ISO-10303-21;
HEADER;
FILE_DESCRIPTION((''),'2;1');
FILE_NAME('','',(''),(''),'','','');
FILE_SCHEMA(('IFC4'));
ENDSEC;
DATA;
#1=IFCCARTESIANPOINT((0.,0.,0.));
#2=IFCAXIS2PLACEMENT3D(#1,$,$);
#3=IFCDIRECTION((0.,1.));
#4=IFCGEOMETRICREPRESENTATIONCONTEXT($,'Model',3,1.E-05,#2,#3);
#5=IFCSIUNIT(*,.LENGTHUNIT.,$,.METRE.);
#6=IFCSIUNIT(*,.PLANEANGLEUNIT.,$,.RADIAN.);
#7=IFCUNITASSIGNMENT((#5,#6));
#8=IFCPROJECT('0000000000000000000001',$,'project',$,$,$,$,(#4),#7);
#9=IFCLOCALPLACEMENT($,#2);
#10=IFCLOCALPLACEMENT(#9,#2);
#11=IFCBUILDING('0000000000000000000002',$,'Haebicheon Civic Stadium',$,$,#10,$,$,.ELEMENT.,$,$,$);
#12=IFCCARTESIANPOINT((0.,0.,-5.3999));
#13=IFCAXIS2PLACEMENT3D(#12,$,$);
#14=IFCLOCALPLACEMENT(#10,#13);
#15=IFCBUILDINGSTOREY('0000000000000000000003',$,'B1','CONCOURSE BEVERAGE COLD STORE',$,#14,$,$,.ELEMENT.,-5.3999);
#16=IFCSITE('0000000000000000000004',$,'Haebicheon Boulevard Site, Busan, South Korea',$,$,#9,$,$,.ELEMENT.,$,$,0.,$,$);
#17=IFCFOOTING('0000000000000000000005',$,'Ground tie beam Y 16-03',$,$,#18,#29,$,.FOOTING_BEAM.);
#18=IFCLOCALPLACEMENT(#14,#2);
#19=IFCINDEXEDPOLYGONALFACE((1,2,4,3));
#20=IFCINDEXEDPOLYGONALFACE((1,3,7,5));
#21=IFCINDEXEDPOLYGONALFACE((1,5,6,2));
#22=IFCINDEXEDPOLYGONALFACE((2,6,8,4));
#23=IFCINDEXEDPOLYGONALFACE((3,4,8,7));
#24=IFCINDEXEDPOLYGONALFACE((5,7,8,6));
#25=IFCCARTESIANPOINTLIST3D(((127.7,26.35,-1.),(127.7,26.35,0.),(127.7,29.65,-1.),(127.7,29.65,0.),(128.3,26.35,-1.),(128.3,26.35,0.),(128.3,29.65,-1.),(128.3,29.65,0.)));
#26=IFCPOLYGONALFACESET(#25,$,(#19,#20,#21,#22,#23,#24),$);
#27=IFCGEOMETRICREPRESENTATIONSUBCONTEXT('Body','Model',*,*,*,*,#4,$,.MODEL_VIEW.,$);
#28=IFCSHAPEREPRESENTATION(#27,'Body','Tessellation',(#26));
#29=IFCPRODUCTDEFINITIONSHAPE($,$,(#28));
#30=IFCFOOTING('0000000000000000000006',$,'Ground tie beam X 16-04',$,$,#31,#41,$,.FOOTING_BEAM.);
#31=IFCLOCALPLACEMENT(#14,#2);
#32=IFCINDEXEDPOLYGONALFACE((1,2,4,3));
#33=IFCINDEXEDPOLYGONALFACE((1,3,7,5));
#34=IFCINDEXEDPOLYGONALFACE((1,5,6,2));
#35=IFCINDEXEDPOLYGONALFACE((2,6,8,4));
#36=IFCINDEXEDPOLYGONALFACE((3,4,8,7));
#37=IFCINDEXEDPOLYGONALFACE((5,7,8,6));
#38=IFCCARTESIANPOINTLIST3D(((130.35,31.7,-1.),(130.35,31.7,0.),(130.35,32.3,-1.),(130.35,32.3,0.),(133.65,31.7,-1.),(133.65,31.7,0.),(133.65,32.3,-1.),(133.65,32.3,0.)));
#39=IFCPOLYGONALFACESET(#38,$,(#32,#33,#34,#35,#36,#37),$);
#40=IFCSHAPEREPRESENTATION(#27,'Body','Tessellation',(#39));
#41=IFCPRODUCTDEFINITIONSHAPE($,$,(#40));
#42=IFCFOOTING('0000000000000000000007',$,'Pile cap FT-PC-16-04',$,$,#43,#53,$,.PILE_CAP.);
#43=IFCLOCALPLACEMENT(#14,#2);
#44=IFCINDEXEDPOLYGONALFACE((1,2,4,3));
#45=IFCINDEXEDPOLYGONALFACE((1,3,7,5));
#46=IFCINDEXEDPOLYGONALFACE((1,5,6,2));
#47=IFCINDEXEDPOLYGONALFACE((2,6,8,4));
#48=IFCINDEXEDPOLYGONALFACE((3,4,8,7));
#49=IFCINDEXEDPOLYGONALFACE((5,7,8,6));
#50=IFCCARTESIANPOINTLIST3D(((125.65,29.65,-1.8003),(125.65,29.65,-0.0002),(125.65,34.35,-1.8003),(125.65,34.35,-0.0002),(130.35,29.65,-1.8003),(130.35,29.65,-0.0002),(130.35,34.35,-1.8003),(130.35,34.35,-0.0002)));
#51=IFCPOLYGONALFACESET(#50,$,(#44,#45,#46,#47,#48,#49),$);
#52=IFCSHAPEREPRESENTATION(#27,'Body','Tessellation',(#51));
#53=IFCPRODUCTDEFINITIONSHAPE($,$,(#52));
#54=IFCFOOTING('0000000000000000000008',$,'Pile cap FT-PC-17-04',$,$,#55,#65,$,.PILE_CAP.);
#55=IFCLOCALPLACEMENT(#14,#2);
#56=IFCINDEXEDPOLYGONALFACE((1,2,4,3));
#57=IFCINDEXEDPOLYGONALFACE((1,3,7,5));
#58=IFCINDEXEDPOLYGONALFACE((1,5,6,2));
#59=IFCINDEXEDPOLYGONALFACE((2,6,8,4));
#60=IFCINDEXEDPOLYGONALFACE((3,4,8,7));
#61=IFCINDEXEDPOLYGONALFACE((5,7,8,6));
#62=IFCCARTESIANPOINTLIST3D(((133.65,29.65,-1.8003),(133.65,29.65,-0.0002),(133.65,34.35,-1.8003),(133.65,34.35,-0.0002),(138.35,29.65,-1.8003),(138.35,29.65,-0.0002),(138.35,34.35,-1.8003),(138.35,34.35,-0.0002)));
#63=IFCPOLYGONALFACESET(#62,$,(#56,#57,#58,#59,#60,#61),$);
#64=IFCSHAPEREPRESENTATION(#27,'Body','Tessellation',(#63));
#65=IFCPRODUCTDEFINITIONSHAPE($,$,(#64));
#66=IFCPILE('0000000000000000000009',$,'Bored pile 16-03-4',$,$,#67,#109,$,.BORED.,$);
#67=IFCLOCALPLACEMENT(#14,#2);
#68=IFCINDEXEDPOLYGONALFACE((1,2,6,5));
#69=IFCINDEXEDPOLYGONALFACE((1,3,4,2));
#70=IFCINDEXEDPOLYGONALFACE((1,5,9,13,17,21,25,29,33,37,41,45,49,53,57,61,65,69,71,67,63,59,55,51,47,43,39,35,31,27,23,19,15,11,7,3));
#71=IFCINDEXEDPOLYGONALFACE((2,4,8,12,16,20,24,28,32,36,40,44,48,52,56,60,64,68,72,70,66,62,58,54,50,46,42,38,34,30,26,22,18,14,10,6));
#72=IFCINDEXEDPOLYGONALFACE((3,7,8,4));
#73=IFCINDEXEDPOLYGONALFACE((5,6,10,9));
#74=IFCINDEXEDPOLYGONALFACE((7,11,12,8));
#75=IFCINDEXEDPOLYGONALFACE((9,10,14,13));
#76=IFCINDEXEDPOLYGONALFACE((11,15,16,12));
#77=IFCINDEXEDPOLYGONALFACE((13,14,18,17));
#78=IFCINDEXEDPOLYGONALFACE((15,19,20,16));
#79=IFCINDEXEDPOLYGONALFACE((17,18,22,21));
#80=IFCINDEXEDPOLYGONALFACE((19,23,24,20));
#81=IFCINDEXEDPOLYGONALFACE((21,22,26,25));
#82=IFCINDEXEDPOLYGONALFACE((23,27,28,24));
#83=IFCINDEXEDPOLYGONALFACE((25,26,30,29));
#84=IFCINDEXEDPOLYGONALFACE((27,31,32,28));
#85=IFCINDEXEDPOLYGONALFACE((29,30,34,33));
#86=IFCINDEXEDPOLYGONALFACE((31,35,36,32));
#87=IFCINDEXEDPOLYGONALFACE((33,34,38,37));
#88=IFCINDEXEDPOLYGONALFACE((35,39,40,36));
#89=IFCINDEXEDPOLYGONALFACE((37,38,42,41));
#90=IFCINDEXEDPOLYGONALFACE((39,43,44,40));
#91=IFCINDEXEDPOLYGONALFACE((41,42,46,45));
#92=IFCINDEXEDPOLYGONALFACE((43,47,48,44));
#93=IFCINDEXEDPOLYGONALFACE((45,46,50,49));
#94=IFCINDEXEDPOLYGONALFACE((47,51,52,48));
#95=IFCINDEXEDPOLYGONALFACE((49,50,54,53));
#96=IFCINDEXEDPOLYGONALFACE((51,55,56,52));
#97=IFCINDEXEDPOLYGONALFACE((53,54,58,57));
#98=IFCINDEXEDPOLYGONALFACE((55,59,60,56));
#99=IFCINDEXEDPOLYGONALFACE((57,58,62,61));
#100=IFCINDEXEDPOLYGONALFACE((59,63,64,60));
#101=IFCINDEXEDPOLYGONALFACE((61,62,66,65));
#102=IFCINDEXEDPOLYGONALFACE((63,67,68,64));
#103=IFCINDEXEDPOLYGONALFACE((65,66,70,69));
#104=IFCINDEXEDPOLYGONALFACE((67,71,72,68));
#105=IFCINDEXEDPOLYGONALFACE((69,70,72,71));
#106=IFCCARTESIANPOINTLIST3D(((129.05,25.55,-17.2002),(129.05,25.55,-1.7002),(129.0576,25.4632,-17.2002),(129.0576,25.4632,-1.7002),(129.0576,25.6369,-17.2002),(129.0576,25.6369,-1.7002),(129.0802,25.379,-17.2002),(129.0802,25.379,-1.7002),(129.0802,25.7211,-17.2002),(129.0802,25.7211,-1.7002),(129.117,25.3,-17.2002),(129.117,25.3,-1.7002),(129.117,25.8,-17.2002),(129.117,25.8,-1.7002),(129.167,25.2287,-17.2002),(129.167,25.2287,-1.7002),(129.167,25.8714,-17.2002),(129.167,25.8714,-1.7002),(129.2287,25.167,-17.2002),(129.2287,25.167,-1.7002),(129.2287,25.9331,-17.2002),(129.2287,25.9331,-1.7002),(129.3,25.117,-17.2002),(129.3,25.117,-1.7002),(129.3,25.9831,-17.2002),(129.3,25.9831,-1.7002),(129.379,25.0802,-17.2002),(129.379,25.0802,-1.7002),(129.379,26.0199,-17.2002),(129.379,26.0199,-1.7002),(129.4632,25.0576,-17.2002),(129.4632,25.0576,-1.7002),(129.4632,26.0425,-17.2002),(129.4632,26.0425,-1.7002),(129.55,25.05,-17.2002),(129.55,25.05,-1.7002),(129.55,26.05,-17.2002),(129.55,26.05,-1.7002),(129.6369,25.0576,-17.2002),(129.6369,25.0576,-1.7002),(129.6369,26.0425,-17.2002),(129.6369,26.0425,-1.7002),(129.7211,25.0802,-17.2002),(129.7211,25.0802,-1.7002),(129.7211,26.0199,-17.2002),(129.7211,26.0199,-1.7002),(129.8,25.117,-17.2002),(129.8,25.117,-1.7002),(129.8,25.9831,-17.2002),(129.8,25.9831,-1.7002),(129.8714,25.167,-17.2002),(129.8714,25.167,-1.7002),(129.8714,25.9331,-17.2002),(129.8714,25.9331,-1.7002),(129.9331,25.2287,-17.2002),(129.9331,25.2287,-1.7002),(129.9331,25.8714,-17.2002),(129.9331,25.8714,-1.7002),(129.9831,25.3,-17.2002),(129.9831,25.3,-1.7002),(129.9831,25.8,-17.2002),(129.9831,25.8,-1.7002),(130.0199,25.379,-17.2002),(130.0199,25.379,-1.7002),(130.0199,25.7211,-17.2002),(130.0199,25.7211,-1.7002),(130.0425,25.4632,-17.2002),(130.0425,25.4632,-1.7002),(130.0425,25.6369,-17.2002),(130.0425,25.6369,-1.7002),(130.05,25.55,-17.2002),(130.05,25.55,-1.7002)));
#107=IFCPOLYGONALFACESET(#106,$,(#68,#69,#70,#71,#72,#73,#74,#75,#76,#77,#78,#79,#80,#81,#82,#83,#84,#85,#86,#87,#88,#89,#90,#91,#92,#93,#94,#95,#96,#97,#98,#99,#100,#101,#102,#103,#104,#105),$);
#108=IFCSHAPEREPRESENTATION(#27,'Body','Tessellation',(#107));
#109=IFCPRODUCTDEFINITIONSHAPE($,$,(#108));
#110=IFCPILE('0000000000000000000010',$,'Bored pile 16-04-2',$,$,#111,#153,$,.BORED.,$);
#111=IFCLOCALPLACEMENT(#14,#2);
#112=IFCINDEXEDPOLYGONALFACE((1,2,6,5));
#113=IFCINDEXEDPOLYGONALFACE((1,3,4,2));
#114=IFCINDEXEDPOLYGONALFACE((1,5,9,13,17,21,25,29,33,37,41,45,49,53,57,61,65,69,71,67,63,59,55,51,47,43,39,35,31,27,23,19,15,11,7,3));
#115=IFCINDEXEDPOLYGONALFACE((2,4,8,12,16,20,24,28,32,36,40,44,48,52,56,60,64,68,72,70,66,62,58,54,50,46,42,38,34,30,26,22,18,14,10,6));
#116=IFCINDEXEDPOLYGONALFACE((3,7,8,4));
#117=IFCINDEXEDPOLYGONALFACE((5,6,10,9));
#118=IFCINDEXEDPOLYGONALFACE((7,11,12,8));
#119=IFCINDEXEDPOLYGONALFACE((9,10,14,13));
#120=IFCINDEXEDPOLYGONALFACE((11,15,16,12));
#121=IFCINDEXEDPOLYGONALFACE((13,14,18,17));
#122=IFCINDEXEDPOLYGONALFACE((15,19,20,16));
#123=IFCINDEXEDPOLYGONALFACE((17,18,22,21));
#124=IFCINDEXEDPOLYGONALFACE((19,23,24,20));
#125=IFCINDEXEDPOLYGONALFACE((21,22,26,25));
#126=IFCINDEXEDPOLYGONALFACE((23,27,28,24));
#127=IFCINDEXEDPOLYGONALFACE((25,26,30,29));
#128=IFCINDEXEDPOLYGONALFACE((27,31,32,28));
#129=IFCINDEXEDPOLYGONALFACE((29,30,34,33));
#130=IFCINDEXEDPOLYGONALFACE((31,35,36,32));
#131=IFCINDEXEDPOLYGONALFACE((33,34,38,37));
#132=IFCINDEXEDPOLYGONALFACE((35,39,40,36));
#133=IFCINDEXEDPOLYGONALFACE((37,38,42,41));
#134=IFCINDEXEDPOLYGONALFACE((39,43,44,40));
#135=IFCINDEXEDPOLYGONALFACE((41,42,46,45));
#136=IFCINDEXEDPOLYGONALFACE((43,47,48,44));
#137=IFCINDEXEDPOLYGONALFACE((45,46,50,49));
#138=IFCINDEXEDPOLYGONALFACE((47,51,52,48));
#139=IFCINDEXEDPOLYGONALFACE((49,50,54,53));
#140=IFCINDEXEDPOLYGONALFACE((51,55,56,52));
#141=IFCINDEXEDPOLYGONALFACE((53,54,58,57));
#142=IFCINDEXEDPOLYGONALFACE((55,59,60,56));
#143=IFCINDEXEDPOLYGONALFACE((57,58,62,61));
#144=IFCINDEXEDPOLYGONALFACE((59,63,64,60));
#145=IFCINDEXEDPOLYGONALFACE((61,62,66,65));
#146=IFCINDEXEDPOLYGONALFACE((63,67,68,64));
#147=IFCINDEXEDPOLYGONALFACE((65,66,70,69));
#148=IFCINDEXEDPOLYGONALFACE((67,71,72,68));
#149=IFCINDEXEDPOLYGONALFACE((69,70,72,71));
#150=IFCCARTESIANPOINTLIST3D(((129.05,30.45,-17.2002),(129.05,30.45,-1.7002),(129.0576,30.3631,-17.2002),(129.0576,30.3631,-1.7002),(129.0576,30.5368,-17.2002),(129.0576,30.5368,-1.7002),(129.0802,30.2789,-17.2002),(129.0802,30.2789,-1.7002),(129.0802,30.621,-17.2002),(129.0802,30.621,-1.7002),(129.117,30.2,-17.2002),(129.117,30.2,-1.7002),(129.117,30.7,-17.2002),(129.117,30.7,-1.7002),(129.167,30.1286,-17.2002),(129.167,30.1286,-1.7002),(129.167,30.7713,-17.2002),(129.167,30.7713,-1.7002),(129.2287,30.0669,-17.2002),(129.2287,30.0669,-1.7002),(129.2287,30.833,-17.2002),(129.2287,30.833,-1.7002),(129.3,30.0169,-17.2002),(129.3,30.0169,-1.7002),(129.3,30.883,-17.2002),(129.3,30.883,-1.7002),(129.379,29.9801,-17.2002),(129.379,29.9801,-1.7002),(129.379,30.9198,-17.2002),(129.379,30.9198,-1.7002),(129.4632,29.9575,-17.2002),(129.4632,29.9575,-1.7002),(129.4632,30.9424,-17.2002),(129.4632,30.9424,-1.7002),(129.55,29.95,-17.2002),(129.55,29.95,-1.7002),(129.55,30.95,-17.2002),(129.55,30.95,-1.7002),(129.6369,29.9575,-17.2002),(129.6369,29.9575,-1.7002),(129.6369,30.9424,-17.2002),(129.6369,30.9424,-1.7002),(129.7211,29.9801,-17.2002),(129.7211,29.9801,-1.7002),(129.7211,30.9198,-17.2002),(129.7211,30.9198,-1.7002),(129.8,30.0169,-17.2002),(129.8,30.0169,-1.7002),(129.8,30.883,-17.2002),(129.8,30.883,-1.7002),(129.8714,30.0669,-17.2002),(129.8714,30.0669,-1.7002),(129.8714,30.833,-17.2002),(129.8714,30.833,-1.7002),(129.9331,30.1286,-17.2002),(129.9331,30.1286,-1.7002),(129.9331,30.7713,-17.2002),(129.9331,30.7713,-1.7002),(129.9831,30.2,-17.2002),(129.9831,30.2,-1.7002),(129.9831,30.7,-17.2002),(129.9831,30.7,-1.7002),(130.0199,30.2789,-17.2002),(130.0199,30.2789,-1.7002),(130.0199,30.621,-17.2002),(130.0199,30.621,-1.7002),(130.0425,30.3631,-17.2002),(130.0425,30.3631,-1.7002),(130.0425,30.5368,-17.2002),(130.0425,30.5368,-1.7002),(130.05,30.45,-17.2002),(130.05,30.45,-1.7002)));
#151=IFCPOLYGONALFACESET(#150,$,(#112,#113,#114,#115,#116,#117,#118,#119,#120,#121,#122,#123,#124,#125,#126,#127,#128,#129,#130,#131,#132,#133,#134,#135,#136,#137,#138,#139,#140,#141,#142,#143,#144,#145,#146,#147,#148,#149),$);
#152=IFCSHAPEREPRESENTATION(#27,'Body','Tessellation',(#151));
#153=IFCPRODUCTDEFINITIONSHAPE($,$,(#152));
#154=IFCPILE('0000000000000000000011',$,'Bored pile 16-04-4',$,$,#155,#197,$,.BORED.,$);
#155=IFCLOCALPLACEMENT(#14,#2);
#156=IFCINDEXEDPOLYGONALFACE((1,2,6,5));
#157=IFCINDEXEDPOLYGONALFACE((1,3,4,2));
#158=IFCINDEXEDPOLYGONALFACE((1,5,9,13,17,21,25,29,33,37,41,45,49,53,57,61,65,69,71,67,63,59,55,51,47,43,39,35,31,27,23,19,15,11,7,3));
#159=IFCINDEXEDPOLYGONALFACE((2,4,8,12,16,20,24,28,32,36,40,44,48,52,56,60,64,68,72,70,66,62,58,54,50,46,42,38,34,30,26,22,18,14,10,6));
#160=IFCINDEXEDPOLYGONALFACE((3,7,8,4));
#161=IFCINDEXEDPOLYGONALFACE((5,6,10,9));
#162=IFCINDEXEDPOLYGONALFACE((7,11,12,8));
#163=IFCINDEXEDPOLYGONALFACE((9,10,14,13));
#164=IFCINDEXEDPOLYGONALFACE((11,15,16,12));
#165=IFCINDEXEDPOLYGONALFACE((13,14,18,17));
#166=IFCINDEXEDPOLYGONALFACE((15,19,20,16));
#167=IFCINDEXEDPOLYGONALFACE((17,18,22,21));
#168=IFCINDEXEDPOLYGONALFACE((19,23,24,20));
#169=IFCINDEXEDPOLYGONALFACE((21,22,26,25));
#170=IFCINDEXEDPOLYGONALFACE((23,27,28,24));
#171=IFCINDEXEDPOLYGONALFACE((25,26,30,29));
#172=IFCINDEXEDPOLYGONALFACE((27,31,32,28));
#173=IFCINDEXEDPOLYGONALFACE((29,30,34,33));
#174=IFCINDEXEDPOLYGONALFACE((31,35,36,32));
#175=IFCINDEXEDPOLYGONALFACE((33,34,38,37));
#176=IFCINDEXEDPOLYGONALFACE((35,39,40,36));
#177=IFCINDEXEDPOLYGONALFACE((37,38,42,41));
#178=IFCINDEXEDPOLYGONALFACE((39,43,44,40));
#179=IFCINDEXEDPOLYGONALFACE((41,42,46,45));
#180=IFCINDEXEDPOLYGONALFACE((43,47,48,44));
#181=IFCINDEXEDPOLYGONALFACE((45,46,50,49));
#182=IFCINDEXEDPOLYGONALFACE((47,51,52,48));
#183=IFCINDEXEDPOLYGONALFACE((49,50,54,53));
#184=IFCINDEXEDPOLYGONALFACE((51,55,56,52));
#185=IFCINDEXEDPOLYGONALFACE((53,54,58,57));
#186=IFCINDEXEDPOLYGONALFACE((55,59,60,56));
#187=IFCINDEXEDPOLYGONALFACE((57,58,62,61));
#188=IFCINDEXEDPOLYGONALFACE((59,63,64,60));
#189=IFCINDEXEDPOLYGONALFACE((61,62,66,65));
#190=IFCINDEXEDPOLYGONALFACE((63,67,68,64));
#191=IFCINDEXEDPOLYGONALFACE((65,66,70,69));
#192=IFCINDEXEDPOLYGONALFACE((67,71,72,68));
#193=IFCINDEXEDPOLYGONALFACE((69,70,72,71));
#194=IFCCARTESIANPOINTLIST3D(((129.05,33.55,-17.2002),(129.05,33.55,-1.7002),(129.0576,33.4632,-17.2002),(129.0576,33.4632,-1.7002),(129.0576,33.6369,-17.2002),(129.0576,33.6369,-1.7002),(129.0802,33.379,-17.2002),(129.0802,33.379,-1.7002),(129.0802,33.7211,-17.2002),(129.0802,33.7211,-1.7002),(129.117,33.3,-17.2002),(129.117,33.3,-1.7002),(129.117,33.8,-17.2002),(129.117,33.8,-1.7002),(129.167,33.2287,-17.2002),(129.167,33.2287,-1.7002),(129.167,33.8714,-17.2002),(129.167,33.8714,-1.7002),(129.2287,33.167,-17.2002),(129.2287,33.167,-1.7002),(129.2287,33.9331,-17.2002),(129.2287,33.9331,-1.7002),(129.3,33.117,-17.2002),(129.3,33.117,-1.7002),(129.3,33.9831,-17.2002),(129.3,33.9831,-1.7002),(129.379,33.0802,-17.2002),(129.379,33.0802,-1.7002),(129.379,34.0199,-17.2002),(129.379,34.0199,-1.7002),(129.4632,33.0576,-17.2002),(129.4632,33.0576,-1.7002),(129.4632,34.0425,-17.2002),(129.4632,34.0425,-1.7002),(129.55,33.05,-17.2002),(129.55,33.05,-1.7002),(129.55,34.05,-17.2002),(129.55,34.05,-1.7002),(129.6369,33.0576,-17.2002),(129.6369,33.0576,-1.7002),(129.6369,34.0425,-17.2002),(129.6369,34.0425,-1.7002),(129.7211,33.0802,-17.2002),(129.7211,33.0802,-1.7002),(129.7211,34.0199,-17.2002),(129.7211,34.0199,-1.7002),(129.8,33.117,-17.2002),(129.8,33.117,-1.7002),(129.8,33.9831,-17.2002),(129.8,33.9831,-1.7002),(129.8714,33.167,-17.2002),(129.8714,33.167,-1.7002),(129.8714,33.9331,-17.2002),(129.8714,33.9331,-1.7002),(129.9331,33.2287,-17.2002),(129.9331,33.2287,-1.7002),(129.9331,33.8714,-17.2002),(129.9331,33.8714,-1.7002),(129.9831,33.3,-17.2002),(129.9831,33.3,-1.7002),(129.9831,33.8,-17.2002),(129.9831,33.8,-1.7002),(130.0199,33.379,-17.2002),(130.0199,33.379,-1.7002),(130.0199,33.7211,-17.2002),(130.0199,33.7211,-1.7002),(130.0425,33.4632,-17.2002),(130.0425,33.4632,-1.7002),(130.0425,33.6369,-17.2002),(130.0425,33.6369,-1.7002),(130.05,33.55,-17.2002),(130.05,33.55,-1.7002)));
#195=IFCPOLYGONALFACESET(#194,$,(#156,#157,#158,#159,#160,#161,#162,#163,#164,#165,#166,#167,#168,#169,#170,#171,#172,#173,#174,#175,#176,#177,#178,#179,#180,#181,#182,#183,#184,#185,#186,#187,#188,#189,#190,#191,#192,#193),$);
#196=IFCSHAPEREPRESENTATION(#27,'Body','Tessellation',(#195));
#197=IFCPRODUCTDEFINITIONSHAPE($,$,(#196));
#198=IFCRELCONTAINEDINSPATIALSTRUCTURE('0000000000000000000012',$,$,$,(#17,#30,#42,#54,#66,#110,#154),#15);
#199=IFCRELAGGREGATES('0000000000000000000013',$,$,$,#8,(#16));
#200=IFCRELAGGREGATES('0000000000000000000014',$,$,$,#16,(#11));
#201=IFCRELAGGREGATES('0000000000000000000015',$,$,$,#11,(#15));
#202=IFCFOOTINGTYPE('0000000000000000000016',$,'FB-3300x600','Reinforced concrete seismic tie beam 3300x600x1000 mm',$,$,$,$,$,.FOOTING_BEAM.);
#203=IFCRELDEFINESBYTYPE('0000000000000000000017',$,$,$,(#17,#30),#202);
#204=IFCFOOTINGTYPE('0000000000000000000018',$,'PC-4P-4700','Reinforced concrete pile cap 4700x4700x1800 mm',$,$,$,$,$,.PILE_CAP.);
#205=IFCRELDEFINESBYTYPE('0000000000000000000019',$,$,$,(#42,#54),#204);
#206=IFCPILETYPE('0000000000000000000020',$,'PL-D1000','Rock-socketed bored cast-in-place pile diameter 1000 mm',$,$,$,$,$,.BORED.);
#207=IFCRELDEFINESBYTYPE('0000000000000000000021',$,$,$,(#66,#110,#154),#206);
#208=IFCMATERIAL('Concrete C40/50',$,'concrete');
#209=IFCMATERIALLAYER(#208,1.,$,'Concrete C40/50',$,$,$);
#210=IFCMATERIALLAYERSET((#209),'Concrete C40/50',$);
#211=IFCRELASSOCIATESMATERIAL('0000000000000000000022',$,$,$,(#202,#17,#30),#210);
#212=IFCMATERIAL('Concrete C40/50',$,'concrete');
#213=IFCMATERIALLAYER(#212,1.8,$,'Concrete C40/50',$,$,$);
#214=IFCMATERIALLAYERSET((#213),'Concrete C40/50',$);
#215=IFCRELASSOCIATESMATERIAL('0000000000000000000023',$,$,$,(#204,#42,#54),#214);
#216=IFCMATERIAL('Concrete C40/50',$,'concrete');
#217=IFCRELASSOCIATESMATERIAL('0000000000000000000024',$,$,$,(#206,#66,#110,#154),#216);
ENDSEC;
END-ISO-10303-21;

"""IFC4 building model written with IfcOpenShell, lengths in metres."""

from ifc_helpers import new_model, si_unit, direction, frame, origin, origin_2d, place, context, subcontext, project, spatial, rectangle, circle, extrude, material, layer, layer_set, material_profile, profile_set, type_object, element, save


model = new_model("IFC4")

# Units and contexts
model_context = context("Model", 3, precision=1e-05, world=origin(), true_north=direction((0.0, 1.0)))
body_context = subcontext(model_context, "Body", "Model", "MODEL_VIEW")
ifc_project = project(units=[si_unit("LENGTHUNIT", "METRE"), si_unit("PLANEANGLEUNIT", "RADIAN")], contexts=[model_context])

# Site, building, storey
site_placement = place(None, origin())
site = spatial("IfcSite", under=ifc_project, at=site_placement, Name="Haebicheon Boulevard Site, Busan, South Korea", CompositionType="ELEMENT", RefElevation=0.0)
building_placement = place(site_placement, origin())
building = spatial("IfcBuilding", under=site, at=building_placement, Name="Haebicheon Civic Stadium", CompositionType="ELEMENT")
storey_placement = place(building_placement, frame((0.0, 0.0, -5.3999)))
storey = spatial("IfcBuildingStorey", under=building, at=storey_placement, Name="B1", Description="CONCOURSE BEVERAGE COLD STORE", CompositionType="ELEMENT", Elevation=-5.3999)

# Footings
ifc_material_1 = material(Name="Concrete C40/50", Category="concrete")
ifc_layer_1 = layer(ifc_material_1, 1.0, Name="Concrete C40/50")
ifc_layer_set_1 = layer_set([ifc_layer_1], Name="Concrete C40/50")
footing_type_1 = type_object("IfcFootingType", Name="FB-3300x600", Description="Reinforced concrete seismic tie beam 3300x600x1000 mm", PredefinedType="FOOTING_BEAM", material=ifc_layer_set_1)
for number, where, z_axis, x_axis, name in (
    (1, (128.0, 28.0, -1.0), (0.0, 0.0, 1.0), (0.0, 1.0, 0.0), "Ground tie beam Y 16-03"),
    (2, (132.0, 32.0, -1.0), (0.0, 0.0, 1.0), (1.0, 0.0, 0.0), "Ground tie beam X 16-04"),
):
    element("IfcFooting", number, at=place(storey_placement, frame(where, z_axis=z_axis, x_axis=x_axis)), inside=storey, type_object=footing_type_1, material=ifc_layer_set_1, Name=name, PredefinedType="FOOTING_BEAM", context=body_context, shape_type="SweptSolid", body=[
        extrude(rectangle(XDim=3.3, YDim=0.6001, at=origin_2d()), origin(), (0.0, 0.0, 1.0), 1.0),
    ])
ifc_material_2 = material(Name="Concrete C40/50", Category="concrete")
ifc_layer_2 = layer(ifc_material_2, 1.8, Name="Concrete C40/50")
ifc_layer_set_2 = layer_set([ifc_layer_2], Name="Concrete C40/50")
footing_type_2 = type_object("IfcFootingType", Name="PC-4P-4700", Description="Reinforced concrete pile cap 4700x4700x1800 mm", PredefinedType="PILE_CAP", material=ifc_layer_set_2)
for number, where, z_axis, x_axis, name in (
    (3, (128.0, 32.0, -1.8003), (0.0, 0.0, 1.0), (1.0, 0.0, 0.0), "Pile cap FT-PC-16-04"),
    (4, (136.0, 32.0, -1.8003), (0.0, 0.0, 1.0), (1.0, 0.0, 0.0), "Pile cap FT-PC-17-04"),
):
    element("IfcFooting", number, at=place(storey_placement, frame(where, z_axis=z_axis, x_axis=x_axis)), inside=storey, type_object=footing_type_2, material=ifc_layer_set_2, Name=name, PredefinedType="PILE_CAP", context=body_context, shape_type="SweptSolid", body=[
        extrude(rectangle(XDim=4.7, YDim=4.7, at=origin_2d()), origin(), (0.0, 0.0, 1.0), 1.8),
    ])

# Piles
ifc_material_3 = material(Name="Concrete C40/50", Category="concrete")
ifc_material_profile_1 = material_profile(ifc_material_3, circle(Radius=0.5, at=origin_2d()), Name="PILE-D1000")
ifc_profile_set_1 = profile_set([ifc_material_profile_1], Name="Concrete C40/50")
pile_type = type_object("IfcPileType", Name="PL-D1000", Description="Rock-socketed bored cast-in-place pile diameter 1000 mm", PredefinedType="BORED", material=ifc_profile_set_1)
for number, where, z_axis, x_axis, name in (
    (5, (129.55, 25.55, -1.7002), (0.0, 0.0, -1.0), (1.0, 0.0, 0.0), "Bored pile 16-03-4"),
    (6, (129.55, 30.45, -1.7002), (0.0, 0.0, -1.0), (1.0, 0.0, 0.0), "Bored pile 16-04-2"),
    (7, (129.55, 33.55, -1.7002), (0.0, 0.0, -1.0), (1.0, 0.0, 0.0), "Bored pile 16-04-4"),
):
    element("IfcPile", number, at=place(storey_placement, frame(where, z_axis=z_axis, x_axis=x_axis)), inside=storey, type_object=pile_type, material=ifc_profile_set_1, Name=name, PredefinedType="BORED", context=body_context, shape_type="SweptSolid", body=[
        extrude(circle(Radius=0.5, at=origin_2d()), origin(), (0.0, 0.0, 1.0), 15.5),
    ])

save(model, "model.ifc")
